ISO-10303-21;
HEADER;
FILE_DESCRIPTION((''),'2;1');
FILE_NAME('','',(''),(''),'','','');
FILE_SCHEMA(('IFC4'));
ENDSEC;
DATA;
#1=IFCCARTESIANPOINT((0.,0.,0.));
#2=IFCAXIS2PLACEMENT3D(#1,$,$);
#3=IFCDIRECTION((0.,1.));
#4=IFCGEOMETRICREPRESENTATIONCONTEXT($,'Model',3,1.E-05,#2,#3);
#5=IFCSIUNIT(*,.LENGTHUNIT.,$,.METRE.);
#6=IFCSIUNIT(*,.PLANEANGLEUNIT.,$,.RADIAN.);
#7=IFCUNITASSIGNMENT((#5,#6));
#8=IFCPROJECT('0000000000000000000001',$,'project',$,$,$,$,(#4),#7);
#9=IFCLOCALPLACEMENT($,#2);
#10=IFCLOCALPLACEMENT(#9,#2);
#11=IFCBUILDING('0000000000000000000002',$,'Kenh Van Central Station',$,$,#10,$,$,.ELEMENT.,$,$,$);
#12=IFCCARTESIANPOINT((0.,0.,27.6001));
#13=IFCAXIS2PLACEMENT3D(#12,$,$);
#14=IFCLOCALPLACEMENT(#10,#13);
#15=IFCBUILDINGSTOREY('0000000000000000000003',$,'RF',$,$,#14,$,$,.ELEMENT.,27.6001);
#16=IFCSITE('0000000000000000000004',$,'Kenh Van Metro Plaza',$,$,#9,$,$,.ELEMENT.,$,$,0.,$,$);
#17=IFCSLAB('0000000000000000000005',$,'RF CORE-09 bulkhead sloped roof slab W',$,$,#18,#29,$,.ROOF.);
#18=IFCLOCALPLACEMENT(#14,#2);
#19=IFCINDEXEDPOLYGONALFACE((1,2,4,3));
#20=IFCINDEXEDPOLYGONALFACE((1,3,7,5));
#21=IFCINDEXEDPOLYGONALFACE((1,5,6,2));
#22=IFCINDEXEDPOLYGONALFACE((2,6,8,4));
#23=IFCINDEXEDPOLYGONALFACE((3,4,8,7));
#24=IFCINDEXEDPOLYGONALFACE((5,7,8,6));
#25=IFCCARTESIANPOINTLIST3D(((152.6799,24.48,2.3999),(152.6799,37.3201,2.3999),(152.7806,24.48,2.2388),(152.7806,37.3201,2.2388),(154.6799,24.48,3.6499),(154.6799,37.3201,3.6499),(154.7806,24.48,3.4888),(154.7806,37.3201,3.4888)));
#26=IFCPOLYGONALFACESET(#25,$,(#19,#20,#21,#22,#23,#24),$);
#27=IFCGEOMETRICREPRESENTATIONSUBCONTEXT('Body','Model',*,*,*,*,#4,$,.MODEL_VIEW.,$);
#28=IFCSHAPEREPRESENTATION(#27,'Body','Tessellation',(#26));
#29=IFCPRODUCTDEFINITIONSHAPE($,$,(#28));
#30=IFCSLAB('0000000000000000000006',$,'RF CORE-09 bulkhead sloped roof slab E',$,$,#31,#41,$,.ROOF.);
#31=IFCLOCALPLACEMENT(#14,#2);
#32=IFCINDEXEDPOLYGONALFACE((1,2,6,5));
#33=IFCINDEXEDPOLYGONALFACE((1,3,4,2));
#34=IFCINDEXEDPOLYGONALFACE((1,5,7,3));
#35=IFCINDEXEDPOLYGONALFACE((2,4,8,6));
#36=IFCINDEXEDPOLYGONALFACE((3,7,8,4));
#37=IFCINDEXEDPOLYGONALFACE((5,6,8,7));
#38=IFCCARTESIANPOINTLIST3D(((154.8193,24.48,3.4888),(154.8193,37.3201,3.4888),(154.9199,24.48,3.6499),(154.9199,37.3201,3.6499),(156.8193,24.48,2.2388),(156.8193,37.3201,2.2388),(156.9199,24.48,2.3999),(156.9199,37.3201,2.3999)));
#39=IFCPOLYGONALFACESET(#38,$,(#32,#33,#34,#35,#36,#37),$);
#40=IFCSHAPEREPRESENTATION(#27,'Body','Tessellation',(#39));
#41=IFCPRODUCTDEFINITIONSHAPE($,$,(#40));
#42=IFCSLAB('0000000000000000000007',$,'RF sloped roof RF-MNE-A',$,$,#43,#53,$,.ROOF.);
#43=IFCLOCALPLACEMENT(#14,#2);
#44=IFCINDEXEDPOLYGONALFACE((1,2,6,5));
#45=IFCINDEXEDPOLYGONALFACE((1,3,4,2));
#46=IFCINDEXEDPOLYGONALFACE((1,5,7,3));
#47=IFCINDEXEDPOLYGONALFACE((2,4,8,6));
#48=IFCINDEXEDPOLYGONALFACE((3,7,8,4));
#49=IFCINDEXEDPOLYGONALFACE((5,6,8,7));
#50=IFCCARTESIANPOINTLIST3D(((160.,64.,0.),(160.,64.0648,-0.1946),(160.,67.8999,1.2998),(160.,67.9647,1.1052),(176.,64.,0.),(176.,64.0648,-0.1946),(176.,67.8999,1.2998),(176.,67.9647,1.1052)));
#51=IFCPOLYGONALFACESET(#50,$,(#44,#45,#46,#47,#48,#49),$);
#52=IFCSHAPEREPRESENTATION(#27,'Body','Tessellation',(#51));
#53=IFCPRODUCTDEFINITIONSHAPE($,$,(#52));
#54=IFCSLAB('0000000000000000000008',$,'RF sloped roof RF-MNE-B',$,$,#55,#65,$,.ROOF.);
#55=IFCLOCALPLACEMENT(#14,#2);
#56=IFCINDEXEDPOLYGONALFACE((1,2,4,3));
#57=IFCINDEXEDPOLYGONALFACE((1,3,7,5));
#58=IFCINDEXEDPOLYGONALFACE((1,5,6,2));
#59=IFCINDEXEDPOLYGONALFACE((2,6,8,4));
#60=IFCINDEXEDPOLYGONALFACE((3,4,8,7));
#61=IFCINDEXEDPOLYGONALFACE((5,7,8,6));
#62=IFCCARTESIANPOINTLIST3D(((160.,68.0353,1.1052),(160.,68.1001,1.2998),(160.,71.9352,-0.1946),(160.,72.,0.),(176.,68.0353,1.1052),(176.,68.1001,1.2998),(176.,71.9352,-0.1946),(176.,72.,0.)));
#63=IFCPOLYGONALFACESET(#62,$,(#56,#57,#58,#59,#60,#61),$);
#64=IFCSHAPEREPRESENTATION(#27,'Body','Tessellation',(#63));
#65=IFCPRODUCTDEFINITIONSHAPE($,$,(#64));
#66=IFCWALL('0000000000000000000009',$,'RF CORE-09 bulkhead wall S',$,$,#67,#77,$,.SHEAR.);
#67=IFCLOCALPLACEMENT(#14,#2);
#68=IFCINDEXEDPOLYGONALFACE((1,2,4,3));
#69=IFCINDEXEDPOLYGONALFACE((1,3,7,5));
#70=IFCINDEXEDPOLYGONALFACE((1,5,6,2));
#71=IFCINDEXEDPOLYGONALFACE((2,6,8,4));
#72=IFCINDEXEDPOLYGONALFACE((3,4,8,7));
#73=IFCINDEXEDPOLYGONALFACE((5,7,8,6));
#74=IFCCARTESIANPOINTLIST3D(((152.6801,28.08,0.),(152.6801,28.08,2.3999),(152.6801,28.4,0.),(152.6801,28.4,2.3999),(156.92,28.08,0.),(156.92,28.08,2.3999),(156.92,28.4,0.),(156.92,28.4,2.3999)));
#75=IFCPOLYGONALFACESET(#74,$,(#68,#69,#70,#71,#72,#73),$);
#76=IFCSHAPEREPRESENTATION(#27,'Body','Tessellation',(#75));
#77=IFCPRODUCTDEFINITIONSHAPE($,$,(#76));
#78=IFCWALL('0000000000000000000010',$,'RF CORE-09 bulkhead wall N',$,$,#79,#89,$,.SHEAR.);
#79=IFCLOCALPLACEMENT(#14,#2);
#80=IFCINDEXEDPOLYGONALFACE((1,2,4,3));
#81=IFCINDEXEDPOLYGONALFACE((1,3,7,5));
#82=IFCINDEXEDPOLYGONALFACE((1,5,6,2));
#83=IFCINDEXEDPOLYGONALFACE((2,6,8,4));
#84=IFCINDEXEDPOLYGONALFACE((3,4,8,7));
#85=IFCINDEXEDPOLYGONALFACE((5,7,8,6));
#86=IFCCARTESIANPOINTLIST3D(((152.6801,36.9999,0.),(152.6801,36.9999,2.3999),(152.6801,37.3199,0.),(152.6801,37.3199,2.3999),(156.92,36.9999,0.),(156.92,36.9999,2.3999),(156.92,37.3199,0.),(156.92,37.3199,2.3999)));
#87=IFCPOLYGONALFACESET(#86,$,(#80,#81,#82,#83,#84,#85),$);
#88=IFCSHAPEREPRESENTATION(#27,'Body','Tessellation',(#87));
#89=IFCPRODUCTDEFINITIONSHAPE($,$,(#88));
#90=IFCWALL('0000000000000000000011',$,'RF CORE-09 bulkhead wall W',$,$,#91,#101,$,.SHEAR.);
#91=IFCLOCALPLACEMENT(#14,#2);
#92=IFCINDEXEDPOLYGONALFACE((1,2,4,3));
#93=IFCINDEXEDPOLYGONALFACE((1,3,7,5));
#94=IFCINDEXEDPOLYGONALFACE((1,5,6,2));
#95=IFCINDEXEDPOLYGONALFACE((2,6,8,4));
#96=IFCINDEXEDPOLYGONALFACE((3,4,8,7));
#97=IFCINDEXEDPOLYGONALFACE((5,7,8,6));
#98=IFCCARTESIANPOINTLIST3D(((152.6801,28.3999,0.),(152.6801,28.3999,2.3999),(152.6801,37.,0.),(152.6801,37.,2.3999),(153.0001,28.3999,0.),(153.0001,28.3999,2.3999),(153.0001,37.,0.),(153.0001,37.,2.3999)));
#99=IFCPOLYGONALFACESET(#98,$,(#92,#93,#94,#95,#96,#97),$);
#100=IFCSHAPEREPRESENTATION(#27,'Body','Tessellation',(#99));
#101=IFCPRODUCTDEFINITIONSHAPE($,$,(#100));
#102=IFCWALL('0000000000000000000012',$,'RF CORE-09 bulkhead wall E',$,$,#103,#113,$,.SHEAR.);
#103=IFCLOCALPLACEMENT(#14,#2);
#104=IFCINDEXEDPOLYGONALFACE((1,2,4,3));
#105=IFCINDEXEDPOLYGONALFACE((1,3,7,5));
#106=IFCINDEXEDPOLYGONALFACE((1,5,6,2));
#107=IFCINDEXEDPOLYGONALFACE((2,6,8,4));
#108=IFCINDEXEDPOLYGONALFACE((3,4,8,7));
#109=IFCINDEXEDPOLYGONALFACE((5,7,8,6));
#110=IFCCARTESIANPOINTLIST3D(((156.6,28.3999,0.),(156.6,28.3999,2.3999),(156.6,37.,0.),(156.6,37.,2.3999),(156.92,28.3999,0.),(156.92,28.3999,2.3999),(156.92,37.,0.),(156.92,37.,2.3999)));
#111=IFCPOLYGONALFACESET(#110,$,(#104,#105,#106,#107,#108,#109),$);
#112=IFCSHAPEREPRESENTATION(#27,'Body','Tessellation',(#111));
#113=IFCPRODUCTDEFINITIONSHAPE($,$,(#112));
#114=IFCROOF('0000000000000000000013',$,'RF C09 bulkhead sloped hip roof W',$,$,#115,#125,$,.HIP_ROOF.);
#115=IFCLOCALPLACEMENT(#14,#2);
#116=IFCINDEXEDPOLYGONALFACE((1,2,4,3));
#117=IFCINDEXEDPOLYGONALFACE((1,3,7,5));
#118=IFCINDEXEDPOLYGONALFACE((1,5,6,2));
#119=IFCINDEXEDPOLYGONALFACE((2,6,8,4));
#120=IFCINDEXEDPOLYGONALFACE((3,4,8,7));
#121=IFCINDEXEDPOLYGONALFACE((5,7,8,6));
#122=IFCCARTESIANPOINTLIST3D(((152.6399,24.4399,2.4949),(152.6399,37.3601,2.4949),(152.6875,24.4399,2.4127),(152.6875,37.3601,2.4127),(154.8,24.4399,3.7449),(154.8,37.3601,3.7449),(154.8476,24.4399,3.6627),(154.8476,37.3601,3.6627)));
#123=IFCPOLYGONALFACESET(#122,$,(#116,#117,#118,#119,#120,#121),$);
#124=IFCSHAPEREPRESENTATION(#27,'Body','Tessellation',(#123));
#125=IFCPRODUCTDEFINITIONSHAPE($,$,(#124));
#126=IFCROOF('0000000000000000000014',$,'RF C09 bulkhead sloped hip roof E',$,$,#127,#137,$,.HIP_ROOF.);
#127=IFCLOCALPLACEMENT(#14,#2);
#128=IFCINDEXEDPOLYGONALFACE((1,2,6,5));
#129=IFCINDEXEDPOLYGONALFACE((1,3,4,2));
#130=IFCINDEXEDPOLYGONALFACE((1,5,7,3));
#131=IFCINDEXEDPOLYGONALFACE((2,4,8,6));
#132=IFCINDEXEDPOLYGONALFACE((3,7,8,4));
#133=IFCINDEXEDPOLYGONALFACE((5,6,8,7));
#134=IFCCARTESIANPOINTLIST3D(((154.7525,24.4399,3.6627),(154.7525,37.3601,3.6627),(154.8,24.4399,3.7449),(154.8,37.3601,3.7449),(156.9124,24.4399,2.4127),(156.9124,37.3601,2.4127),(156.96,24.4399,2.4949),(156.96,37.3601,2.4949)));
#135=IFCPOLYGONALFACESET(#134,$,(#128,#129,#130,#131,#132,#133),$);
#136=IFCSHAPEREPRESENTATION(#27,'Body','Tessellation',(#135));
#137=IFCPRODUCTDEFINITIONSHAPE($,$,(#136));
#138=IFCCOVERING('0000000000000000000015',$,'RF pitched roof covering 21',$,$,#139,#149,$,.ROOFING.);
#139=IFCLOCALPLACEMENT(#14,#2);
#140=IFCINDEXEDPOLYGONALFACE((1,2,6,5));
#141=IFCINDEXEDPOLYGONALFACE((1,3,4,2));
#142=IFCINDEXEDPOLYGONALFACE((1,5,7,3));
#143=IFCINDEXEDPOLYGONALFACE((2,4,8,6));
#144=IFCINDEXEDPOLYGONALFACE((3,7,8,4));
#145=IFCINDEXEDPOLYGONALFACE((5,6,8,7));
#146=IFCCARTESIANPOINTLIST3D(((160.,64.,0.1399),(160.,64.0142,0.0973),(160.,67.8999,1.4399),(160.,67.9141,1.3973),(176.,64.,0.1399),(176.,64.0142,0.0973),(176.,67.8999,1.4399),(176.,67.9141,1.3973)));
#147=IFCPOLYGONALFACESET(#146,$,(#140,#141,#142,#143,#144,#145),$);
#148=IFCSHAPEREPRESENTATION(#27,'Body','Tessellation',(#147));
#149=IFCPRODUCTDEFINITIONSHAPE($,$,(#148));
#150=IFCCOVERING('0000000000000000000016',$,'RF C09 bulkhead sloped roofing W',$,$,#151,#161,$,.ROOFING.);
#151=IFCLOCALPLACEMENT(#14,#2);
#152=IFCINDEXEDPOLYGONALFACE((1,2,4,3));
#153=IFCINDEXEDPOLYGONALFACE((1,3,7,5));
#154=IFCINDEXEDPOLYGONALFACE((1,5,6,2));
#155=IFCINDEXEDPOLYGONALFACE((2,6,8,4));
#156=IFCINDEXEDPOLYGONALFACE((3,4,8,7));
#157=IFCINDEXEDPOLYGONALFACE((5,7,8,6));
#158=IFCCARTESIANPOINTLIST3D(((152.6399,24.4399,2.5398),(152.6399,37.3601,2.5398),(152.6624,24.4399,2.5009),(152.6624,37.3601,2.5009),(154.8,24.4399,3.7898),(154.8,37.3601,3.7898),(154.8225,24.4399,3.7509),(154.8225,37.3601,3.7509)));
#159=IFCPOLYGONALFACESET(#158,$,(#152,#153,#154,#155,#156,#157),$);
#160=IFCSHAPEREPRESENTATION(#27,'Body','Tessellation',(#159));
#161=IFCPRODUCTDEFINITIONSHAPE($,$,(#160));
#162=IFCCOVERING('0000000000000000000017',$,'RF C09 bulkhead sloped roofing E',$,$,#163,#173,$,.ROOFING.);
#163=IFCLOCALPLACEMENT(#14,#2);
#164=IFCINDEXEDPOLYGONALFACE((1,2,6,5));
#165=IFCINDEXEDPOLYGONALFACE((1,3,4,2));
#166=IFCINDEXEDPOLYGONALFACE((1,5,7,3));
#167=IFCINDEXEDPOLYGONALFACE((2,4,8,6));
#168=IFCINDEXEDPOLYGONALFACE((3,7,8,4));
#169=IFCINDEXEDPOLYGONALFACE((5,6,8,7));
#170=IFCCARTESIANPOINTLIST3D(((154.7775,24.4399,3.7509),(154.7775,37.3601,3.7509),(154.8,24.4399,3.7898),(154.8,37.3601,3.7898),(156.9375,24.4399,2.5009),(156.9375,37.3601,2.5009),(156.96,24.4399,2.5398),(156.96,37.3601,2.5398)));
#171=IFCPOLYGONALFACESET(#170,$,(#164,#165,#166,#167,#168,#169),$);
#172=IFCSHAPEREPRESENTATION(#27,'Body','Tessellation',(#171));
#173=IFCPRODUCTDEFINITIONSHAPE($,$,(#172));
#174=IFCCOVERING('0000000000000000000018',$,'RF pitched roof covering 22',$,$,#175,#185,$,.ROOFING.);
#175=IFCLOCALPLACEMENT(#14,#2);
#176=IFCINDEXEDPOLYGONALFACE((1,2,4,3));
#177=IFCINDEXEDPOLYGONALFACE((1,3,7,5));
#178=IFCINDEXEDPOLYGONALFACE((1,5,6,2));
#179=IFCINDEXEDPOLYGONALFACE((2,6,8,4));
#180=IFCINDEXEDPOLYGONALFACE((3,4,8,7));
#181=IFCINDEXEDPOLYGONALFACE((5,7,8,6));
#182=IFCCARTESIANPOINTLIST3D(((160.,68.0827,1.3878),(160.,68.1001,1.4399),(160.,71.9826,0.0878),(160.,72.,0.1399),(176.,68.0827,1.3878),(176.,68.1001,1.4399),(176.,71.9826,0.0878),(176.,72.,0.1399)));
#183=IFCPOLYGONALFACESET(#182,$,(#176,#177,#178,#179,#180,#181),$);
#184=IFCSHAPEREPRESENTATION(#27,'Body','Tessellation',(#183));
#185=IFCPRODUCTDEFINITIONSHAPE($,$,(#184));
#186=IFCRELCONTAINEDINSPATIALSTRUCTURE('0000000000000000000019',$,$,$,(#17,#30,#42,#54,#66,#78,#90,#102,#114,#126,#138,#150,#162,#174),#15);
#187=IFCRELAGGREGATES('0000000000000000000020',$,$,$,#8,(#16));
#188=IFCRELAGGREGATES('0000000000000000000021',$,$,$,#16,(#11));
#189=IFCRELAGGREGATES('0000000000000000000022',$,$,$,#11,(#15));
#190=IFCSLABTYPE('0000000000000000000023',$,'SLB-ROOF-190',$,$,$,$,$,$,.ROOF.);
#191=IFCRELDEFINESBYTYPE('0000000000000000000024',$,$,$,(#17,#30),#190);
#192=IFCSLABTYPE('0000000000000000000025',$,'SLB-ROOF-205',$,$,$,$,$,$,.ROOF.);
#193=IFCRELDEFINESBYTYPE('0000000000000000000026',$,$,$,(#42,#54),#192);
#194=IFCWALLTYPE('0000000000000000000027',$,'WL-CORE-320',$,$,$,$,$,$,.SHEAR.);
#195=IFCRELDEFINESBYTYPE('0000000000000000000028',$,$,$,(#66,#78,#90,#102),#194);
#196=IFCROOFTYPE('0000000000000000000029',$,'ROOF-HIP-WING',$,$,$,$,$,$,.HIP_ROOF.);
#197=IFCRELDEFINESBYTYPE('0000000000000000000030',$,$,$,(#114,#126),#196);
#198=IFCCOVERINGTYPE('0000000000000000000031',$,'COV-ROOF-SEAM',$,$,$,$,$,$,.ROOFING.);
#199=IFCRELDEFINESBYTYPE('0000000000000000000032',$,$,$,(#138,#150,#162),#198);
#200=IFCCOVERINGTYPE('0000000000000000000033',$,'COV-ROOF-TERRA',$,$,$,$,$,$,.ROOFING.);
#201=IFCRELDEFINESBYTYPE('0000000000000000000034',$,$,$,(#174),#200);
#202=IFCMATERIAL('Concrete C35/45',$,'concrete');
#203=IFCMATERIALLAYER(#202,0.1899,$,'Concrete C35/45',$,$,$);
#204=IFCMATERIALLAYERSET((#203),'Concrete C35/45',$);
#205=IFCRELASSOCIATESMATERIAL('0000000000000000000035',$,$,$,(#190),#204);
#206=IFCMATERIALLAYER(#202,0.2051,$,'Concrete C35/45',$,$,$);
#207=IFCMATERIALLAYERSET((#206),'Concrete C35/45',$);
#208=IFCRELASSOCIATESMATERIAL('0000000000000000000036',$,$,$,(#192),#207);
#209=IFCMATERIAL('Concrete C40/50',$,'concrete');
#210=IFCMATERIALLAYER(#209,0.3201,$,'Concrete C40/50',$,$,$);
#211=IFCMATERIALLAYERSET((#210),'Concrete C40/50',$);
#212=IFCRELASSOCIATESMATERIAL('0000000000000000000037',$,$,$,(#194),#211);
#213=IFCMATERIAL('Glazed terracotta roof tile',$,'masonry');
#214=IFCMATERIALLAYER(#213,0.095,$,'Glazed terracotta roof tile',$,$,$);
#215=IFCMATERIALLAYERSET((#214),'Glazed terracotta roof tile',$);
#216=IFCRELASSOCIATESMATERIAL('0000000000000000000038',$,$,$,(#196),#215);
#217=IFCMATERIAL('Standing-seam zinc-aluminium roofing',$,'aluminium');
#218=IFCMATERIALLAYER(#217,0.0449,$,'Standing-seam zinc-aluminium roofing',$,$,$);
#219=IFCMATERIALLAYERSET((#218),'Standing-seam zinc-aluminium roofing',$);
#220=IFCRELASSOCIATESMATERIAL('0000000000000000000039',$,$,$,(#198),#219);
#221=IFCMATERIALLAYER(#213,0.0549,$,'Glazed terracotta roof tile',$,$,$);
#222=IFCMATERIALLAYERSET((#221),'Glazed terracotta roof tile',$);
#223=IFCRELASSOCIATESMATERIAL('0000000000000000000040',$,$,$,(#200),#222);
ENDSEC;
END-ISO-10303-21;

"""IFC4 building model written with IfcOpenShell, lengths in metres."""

from ifc_helpers import new_model, si_unit, direction, frame, frame_2d, origin, place, context, subcontext, project, spatial, polyline, rectangle, outline, extrude, material, layer, layer_set, type_object, element, save


model = new_model("IFC4")

# Units and contexts
model_context = context("Model", 3, precision=1e-05, world=origin(), true_north=direction((0.0, 1.0)))
body_context = subcontext(model_context, "Body", "Model", "MODEL_VIEW")
ifc_project = project(units=[si_unit("LENGTHUNIT", "METRE"), si_unit("PLANEANGLEUNIT", "RADIAN")], contexts=[model_context])

# Site, building, storey
site_placement = place(None, origin())
site = spatial("IfcSite", under=ifc_project, at=site_placement, Name="Kenh Van Metro Plaza", CompositionType="ELEMENT", RefElevation=0.0)
building_placement = place(site_placement, origin())
building = spatial("IfcBuilding", under=site, at=building_placement, Name="Kenh Van Central Station", CompositionType="ELEMENT")
storey_placement = place(building_placement, frame((0.0, 0.0, 27.6001)))
storey = spatial("IfcBuildingStorey", under=building, at=storey_placement, Name="RF", CompositionType="ELEMENT", Elevation=27.6001)

# Slabs
ifc_material_1 = material(Name="Concrete C35/45", Category="concrete")
ifc_layer_1 = layer(ifc_material_1, 0.1899, Name="Concrete C35/45")
ifc_layer_set_1 = layer_set([ifc_layer_1], Name="Concrete C35/45")
slab_type_1 = type_object("IfcSlabType", Name="SLB-ROOF-190", PredefinedType="ROOF", material=ifc_layer_set_1)
for number, where, z_axis, x_axis, name in (
    (1, (152.6799, 24.48, 2.3999), (-0.529999, 0.0, 0.847998), (0.847998, 0.0, 0.529999), "RF CORE-09 bulkhead sloped roof slab W"),
    (2, (154.9199, 24.48, 3.6499), (0.529999, 0.0, 0.847998), (0.847998, 0.0, -0.529999), "RF CORE-09 bulkhead sloped roof slab E"),
):
    element("IfcSlab", number, at=place(storey_placement, frame(where, z_axis=z_axis, x_axis=x_axis)), inside=storey, type_object=slab_type_1, Name=name, PredefinedType="ROOF", context=body_context, shape_type="SweptSolid", body=[
        extrude(outline(polyline([(0.0, 0.0), (2.3585, 0.0), (2.3585, 12.8401), (0.0, 12.8401), (0.0, 0.0)])), origin(), (0.0, 0.0, -1.0), 0.1899),
    ])
ifc_layer_2 = layer(ifc_material_1, 0.2051, Name="Concrete C35/45")
ifc_layer_set_2 = layer_set([ifc_layer_2], Name="Concrete C35/45")
slab_type_2 = type_object("IfcSlabType", Name="SLB-ROOF-205", PredefinedType="ROOF", material=ifc_layer_set_2)
for number, where, z_axis, x_axis, name in (
    (3, (160.0, 64.0, 0.0), (0.0, -0.316192, 0.948695), (1.0, 0.0, 0.0), "RF sloped roof RF-MNE-A"),
    (4, (160.0, 68.1001, 1.2998), (0.0, 0.316192, 0.948695), (1.0, 0.0, 0.0), "RF sloped roof RF-MNE-B"),
):
    element("IfcSlab", number, at=place(storey_placement, frame(where, z_axis=z_axis, x_axis=x_axis)), inside=storey, type_object=slab_type_2, Name=name, PredefinedType="ROOF", context=body_context, shape_type="SweptSolid", body=[
        extrude(outline(polyline([(0.0, 0.0), (16.0, 0.0), (16.0, 4.1108), (0.0, 4.1108), (0.0, 0.0)])), origin(), (0.0, 0.0, -1.0), 0.2051),
    ])

# Walls
ifc_material_2 = material(Name="Concrete C40/50", Category="concrete")
ifc_layer_3 = layer(ifc_material_2, 0.3201, Name="Concrete C40/50")
ifc_layer_set_3 = layer_set([ifc_layer_3], Name="Concrete C40/50")
wall_type = type_object("IfcWallType", Name="WL-CORE-320", PredefinedType="SHEAR", material=ifc_layer_set_3)
for number, where, z_axis, x_axis, name in (
    (5, (152.6799, 28.24, 0.0), (0.0, 0.0, 1.0), (1.0, 0.0, 0.0), "RF CORE-09 bulkhead wall S"),
    (6, (152.6799, 37.1599, 0.0), (0.0, 0.0, 1.0), (1.0, 0.0, 0.0), "RF CORE-09 bulkhead wall N"),
):
    element("IfcWall", number, at=place(storey_placement, frame(where, z_axis=z_axis, x_axis=x_axis)), inside=storey, type_object=wall_type, Name=name, PredefinedType="SHEAR", context=body_context, shape_type="SweptSolid", body=[
        extrude(rectangle(XDim=4.24, YDim=0.3201, at=frame_2d((2.1201, 0.0))), origin(), (0.0, 0.0, 1.0), 2.3999),
    ])
for number, where, z_axis, x_axis, name in (
    (7, (152.8401, 28.3999, 0.0), (0.0, 0.0, 1.0), (0.0, 1.0, 0.0), "RF CORE-09 bulkhead wall W"),
    (8, (156.76, 28.3999, 0.0), (0.0, 0.0, 1.0), (0.0, 1.0, 0.0), "RF CORE-09 bulkhead wall E"),
):
    element("IfcWall", number, at=place(storey_placement, frame(where, z_axis=z_axis, x_axis=x_axis)), inside=storey, type_object=wall_type, Name=name, PredefinedType="SHEAR", context=body_context, shape_type="SweptSolid", body=[
        extrude(rectangle(XDim=8.6001, YDim=0.3201, at=frame_2d((4.3, 0.0))), origin(), (0.0, 0.0, 1.0), 2.3999),
    ])

# Roofs
ifc_material_3 = material(Name="Glazed terracotta roof tile", Category="masonry")
ifc_layer_4 = layer(ifc_material_3, 0.095, Name="Glazed terracotta roof tile")
ifc_layer_set_4 = layer_set([ifc_layer_4], Name="Glazed terracotta roof tile")
roof_type = type_object("IfcRoofType", Name="ROOF-HIP-WING", PredefinedType="HIP_ROOF", material=ifc_layer_set_4)
roof_1_placement = place(storey_placement, frame((152.6399, 24.4399, 2.4949), z_axis=(-0.500851, 0.0, 0.865533), x_axis=(0.865533, 0.0, 0.500851)))
element("IfcRoof", 9, at=roof_1_placement, inside=storey, type_object=roof_type, Name="RF C09 bulkhead sloped hip roof W", PredefinedType="HIP_ROOF", context=body_context, shape_type="SweptSolid", body=[
    extrude(outline(polyline([(0.0, 0.0), (2.4958, 0.0), (2.4958, 12.9202), (0.0, 12.9202), (0.0, 0.0)])), origin(), (0.0, 0.0, -1.0), 0.095),
])
roof_2_placement = place(storey_placement, frame((154.8, 24.4399, 3.7449), z_axis=(0.500894, 0.0, 0.865509), x_axis=(0.865509, 0.0, -0.500894)))
element("IfcRoof", 10, at=roof_2_placement, inside=storey, type_object=roof_type, Name="RF C09 bulkhead sloped hip roof E", PredefinedType="HIP_ROOF", context=body_context, shape_type="SweptSolid", body=[
    extrude(outline(polyline([(0.0, 0.0), (2.4955, 0.0), (2.4955, 12.9202), (0.0, 12.9202), (0.0, 0.0)])), origin(), (0.0, 0.0, -1.0), 0.095),
])

# Coverings
ifc_material_4 = material(Name="Standing-seam zinc-aluminium roofing", Category="aluminium")
ifc_layer_5 = layer(ifc_material_4, 0.0449, Name="Standing-seam zinc-aluminium roofing")
ifc_layer_set_5 = layer_set([ifc_layer_5], Name="Standing-seam zinc-aluminium roofing")
covering_type_1 = type_object("IfcCoveringType", Name="COV-ROOF-SEAM", PredefinedType="ROOFING", material=ifc_layer_set_5)
covering_1_placement = place(storey_placement, frame((160.0, 64.0, 0.1399), z_axis=(0.0, -0.316246, 0.948677), x_axis=(1.0, 0.0, 0.0)))
element("IfcCovering", 11, at=covering_1_placement, inside=storey, type_object=covering_type_1, Name="RF pitched roof covering 21", PredefinedType="ROOFING", context=body_context, shape_type="SweptSolid", body=[
    extrude(outline(polyline([(0.0, 0.0), (16.0, 0.0), (16.0, 4.1109), (0.0, 4.1109), (0.0, 0.0)])), origin(), (0.0, 0.0, -1.0), 0.0449),
])
covering_2_placement = place(storey_placement, frame((152.6399, 24.4399, 2.5398), z_axis=(-0.500851, 0.0, 0.865533), x_axis=(0.865533, 0.0, 0.500851)))
element("IfcCovering", 12, at=covering_2_placement, inside=storey, type_object=covering_type_1, Name="RF C09 bulkhead sloped roofing W", PredefinedType="ROOFING", context=body_context, shape_type="SweptSolid", body=[
    extrude(outline(polyline([(0.0, 0.0), (2.4958, 0.0), (2.4958, 12.9202), (0.0, 12.9202), (0.0, 0.0)])), origin(), (0.0, 0.0, -1.0), 0.0449),
])
covering_3_placement = place(storey_placement, frame((154.8, 24.4399, 3.7898), z_axis=(0.500894, 0.0, 0.865509), x_axis=(0.865509, 0.0, -0.500894)))
element("IfcCovering", 13, at=covering_3_placement, inside=storey, type_object=covering_type_1, Name="RF C09 bulkhead sloped roofing E", PredefinedType="ROOFING", context=body_context, shape_type="SweptSolid", body=[
    extrude(outline(polyline([(0.0, 0.0), (2.4955, 0.0), (2.4955, 12.9202), (0.0, 12.9202), (0.0, 0.0)])), origin(), (0.0, 0.0, -1.0), 0.0449),
])
ifc_layer_6 = layer(ifc_material_3, 0.0549, Name="Glazed terracotta roof tile")
ifc_layer_set_6 = layer_set([ifc_layer_6], Name="Glazed terracotta roof tile")
covering_type_2 = type_object("IfcCoveringType", Name="COV-ROOF-TERRA", PredefinedType="ROOFING", material=ifc_layer_set_6)
covering_4_placement = place(storey_placement, frame((160.0, 68.1001, 1.4399), z_axis=(0.0, 0.316246, 0.948677), x_axis=(1.0, 0.0, 0.0)))
element("IfcCovering", 14, at=covering_4_placement, inside=storey, type_object=covering_type_2, Name="RF pitched roof covering 22", PredefinedType="ROOFING", context=body_context, shape_type="SweptSolid", body=[
    extrude(outline(polyline([(0.0, 0.0), (16.0, 0.0), (16.0, 4.1109), (0.0, 4.1109), (0.0, 0.0)])), origin(), (0.0, 0.0, -1.0), 0.0549),
])

save(model, "model.ifc")
